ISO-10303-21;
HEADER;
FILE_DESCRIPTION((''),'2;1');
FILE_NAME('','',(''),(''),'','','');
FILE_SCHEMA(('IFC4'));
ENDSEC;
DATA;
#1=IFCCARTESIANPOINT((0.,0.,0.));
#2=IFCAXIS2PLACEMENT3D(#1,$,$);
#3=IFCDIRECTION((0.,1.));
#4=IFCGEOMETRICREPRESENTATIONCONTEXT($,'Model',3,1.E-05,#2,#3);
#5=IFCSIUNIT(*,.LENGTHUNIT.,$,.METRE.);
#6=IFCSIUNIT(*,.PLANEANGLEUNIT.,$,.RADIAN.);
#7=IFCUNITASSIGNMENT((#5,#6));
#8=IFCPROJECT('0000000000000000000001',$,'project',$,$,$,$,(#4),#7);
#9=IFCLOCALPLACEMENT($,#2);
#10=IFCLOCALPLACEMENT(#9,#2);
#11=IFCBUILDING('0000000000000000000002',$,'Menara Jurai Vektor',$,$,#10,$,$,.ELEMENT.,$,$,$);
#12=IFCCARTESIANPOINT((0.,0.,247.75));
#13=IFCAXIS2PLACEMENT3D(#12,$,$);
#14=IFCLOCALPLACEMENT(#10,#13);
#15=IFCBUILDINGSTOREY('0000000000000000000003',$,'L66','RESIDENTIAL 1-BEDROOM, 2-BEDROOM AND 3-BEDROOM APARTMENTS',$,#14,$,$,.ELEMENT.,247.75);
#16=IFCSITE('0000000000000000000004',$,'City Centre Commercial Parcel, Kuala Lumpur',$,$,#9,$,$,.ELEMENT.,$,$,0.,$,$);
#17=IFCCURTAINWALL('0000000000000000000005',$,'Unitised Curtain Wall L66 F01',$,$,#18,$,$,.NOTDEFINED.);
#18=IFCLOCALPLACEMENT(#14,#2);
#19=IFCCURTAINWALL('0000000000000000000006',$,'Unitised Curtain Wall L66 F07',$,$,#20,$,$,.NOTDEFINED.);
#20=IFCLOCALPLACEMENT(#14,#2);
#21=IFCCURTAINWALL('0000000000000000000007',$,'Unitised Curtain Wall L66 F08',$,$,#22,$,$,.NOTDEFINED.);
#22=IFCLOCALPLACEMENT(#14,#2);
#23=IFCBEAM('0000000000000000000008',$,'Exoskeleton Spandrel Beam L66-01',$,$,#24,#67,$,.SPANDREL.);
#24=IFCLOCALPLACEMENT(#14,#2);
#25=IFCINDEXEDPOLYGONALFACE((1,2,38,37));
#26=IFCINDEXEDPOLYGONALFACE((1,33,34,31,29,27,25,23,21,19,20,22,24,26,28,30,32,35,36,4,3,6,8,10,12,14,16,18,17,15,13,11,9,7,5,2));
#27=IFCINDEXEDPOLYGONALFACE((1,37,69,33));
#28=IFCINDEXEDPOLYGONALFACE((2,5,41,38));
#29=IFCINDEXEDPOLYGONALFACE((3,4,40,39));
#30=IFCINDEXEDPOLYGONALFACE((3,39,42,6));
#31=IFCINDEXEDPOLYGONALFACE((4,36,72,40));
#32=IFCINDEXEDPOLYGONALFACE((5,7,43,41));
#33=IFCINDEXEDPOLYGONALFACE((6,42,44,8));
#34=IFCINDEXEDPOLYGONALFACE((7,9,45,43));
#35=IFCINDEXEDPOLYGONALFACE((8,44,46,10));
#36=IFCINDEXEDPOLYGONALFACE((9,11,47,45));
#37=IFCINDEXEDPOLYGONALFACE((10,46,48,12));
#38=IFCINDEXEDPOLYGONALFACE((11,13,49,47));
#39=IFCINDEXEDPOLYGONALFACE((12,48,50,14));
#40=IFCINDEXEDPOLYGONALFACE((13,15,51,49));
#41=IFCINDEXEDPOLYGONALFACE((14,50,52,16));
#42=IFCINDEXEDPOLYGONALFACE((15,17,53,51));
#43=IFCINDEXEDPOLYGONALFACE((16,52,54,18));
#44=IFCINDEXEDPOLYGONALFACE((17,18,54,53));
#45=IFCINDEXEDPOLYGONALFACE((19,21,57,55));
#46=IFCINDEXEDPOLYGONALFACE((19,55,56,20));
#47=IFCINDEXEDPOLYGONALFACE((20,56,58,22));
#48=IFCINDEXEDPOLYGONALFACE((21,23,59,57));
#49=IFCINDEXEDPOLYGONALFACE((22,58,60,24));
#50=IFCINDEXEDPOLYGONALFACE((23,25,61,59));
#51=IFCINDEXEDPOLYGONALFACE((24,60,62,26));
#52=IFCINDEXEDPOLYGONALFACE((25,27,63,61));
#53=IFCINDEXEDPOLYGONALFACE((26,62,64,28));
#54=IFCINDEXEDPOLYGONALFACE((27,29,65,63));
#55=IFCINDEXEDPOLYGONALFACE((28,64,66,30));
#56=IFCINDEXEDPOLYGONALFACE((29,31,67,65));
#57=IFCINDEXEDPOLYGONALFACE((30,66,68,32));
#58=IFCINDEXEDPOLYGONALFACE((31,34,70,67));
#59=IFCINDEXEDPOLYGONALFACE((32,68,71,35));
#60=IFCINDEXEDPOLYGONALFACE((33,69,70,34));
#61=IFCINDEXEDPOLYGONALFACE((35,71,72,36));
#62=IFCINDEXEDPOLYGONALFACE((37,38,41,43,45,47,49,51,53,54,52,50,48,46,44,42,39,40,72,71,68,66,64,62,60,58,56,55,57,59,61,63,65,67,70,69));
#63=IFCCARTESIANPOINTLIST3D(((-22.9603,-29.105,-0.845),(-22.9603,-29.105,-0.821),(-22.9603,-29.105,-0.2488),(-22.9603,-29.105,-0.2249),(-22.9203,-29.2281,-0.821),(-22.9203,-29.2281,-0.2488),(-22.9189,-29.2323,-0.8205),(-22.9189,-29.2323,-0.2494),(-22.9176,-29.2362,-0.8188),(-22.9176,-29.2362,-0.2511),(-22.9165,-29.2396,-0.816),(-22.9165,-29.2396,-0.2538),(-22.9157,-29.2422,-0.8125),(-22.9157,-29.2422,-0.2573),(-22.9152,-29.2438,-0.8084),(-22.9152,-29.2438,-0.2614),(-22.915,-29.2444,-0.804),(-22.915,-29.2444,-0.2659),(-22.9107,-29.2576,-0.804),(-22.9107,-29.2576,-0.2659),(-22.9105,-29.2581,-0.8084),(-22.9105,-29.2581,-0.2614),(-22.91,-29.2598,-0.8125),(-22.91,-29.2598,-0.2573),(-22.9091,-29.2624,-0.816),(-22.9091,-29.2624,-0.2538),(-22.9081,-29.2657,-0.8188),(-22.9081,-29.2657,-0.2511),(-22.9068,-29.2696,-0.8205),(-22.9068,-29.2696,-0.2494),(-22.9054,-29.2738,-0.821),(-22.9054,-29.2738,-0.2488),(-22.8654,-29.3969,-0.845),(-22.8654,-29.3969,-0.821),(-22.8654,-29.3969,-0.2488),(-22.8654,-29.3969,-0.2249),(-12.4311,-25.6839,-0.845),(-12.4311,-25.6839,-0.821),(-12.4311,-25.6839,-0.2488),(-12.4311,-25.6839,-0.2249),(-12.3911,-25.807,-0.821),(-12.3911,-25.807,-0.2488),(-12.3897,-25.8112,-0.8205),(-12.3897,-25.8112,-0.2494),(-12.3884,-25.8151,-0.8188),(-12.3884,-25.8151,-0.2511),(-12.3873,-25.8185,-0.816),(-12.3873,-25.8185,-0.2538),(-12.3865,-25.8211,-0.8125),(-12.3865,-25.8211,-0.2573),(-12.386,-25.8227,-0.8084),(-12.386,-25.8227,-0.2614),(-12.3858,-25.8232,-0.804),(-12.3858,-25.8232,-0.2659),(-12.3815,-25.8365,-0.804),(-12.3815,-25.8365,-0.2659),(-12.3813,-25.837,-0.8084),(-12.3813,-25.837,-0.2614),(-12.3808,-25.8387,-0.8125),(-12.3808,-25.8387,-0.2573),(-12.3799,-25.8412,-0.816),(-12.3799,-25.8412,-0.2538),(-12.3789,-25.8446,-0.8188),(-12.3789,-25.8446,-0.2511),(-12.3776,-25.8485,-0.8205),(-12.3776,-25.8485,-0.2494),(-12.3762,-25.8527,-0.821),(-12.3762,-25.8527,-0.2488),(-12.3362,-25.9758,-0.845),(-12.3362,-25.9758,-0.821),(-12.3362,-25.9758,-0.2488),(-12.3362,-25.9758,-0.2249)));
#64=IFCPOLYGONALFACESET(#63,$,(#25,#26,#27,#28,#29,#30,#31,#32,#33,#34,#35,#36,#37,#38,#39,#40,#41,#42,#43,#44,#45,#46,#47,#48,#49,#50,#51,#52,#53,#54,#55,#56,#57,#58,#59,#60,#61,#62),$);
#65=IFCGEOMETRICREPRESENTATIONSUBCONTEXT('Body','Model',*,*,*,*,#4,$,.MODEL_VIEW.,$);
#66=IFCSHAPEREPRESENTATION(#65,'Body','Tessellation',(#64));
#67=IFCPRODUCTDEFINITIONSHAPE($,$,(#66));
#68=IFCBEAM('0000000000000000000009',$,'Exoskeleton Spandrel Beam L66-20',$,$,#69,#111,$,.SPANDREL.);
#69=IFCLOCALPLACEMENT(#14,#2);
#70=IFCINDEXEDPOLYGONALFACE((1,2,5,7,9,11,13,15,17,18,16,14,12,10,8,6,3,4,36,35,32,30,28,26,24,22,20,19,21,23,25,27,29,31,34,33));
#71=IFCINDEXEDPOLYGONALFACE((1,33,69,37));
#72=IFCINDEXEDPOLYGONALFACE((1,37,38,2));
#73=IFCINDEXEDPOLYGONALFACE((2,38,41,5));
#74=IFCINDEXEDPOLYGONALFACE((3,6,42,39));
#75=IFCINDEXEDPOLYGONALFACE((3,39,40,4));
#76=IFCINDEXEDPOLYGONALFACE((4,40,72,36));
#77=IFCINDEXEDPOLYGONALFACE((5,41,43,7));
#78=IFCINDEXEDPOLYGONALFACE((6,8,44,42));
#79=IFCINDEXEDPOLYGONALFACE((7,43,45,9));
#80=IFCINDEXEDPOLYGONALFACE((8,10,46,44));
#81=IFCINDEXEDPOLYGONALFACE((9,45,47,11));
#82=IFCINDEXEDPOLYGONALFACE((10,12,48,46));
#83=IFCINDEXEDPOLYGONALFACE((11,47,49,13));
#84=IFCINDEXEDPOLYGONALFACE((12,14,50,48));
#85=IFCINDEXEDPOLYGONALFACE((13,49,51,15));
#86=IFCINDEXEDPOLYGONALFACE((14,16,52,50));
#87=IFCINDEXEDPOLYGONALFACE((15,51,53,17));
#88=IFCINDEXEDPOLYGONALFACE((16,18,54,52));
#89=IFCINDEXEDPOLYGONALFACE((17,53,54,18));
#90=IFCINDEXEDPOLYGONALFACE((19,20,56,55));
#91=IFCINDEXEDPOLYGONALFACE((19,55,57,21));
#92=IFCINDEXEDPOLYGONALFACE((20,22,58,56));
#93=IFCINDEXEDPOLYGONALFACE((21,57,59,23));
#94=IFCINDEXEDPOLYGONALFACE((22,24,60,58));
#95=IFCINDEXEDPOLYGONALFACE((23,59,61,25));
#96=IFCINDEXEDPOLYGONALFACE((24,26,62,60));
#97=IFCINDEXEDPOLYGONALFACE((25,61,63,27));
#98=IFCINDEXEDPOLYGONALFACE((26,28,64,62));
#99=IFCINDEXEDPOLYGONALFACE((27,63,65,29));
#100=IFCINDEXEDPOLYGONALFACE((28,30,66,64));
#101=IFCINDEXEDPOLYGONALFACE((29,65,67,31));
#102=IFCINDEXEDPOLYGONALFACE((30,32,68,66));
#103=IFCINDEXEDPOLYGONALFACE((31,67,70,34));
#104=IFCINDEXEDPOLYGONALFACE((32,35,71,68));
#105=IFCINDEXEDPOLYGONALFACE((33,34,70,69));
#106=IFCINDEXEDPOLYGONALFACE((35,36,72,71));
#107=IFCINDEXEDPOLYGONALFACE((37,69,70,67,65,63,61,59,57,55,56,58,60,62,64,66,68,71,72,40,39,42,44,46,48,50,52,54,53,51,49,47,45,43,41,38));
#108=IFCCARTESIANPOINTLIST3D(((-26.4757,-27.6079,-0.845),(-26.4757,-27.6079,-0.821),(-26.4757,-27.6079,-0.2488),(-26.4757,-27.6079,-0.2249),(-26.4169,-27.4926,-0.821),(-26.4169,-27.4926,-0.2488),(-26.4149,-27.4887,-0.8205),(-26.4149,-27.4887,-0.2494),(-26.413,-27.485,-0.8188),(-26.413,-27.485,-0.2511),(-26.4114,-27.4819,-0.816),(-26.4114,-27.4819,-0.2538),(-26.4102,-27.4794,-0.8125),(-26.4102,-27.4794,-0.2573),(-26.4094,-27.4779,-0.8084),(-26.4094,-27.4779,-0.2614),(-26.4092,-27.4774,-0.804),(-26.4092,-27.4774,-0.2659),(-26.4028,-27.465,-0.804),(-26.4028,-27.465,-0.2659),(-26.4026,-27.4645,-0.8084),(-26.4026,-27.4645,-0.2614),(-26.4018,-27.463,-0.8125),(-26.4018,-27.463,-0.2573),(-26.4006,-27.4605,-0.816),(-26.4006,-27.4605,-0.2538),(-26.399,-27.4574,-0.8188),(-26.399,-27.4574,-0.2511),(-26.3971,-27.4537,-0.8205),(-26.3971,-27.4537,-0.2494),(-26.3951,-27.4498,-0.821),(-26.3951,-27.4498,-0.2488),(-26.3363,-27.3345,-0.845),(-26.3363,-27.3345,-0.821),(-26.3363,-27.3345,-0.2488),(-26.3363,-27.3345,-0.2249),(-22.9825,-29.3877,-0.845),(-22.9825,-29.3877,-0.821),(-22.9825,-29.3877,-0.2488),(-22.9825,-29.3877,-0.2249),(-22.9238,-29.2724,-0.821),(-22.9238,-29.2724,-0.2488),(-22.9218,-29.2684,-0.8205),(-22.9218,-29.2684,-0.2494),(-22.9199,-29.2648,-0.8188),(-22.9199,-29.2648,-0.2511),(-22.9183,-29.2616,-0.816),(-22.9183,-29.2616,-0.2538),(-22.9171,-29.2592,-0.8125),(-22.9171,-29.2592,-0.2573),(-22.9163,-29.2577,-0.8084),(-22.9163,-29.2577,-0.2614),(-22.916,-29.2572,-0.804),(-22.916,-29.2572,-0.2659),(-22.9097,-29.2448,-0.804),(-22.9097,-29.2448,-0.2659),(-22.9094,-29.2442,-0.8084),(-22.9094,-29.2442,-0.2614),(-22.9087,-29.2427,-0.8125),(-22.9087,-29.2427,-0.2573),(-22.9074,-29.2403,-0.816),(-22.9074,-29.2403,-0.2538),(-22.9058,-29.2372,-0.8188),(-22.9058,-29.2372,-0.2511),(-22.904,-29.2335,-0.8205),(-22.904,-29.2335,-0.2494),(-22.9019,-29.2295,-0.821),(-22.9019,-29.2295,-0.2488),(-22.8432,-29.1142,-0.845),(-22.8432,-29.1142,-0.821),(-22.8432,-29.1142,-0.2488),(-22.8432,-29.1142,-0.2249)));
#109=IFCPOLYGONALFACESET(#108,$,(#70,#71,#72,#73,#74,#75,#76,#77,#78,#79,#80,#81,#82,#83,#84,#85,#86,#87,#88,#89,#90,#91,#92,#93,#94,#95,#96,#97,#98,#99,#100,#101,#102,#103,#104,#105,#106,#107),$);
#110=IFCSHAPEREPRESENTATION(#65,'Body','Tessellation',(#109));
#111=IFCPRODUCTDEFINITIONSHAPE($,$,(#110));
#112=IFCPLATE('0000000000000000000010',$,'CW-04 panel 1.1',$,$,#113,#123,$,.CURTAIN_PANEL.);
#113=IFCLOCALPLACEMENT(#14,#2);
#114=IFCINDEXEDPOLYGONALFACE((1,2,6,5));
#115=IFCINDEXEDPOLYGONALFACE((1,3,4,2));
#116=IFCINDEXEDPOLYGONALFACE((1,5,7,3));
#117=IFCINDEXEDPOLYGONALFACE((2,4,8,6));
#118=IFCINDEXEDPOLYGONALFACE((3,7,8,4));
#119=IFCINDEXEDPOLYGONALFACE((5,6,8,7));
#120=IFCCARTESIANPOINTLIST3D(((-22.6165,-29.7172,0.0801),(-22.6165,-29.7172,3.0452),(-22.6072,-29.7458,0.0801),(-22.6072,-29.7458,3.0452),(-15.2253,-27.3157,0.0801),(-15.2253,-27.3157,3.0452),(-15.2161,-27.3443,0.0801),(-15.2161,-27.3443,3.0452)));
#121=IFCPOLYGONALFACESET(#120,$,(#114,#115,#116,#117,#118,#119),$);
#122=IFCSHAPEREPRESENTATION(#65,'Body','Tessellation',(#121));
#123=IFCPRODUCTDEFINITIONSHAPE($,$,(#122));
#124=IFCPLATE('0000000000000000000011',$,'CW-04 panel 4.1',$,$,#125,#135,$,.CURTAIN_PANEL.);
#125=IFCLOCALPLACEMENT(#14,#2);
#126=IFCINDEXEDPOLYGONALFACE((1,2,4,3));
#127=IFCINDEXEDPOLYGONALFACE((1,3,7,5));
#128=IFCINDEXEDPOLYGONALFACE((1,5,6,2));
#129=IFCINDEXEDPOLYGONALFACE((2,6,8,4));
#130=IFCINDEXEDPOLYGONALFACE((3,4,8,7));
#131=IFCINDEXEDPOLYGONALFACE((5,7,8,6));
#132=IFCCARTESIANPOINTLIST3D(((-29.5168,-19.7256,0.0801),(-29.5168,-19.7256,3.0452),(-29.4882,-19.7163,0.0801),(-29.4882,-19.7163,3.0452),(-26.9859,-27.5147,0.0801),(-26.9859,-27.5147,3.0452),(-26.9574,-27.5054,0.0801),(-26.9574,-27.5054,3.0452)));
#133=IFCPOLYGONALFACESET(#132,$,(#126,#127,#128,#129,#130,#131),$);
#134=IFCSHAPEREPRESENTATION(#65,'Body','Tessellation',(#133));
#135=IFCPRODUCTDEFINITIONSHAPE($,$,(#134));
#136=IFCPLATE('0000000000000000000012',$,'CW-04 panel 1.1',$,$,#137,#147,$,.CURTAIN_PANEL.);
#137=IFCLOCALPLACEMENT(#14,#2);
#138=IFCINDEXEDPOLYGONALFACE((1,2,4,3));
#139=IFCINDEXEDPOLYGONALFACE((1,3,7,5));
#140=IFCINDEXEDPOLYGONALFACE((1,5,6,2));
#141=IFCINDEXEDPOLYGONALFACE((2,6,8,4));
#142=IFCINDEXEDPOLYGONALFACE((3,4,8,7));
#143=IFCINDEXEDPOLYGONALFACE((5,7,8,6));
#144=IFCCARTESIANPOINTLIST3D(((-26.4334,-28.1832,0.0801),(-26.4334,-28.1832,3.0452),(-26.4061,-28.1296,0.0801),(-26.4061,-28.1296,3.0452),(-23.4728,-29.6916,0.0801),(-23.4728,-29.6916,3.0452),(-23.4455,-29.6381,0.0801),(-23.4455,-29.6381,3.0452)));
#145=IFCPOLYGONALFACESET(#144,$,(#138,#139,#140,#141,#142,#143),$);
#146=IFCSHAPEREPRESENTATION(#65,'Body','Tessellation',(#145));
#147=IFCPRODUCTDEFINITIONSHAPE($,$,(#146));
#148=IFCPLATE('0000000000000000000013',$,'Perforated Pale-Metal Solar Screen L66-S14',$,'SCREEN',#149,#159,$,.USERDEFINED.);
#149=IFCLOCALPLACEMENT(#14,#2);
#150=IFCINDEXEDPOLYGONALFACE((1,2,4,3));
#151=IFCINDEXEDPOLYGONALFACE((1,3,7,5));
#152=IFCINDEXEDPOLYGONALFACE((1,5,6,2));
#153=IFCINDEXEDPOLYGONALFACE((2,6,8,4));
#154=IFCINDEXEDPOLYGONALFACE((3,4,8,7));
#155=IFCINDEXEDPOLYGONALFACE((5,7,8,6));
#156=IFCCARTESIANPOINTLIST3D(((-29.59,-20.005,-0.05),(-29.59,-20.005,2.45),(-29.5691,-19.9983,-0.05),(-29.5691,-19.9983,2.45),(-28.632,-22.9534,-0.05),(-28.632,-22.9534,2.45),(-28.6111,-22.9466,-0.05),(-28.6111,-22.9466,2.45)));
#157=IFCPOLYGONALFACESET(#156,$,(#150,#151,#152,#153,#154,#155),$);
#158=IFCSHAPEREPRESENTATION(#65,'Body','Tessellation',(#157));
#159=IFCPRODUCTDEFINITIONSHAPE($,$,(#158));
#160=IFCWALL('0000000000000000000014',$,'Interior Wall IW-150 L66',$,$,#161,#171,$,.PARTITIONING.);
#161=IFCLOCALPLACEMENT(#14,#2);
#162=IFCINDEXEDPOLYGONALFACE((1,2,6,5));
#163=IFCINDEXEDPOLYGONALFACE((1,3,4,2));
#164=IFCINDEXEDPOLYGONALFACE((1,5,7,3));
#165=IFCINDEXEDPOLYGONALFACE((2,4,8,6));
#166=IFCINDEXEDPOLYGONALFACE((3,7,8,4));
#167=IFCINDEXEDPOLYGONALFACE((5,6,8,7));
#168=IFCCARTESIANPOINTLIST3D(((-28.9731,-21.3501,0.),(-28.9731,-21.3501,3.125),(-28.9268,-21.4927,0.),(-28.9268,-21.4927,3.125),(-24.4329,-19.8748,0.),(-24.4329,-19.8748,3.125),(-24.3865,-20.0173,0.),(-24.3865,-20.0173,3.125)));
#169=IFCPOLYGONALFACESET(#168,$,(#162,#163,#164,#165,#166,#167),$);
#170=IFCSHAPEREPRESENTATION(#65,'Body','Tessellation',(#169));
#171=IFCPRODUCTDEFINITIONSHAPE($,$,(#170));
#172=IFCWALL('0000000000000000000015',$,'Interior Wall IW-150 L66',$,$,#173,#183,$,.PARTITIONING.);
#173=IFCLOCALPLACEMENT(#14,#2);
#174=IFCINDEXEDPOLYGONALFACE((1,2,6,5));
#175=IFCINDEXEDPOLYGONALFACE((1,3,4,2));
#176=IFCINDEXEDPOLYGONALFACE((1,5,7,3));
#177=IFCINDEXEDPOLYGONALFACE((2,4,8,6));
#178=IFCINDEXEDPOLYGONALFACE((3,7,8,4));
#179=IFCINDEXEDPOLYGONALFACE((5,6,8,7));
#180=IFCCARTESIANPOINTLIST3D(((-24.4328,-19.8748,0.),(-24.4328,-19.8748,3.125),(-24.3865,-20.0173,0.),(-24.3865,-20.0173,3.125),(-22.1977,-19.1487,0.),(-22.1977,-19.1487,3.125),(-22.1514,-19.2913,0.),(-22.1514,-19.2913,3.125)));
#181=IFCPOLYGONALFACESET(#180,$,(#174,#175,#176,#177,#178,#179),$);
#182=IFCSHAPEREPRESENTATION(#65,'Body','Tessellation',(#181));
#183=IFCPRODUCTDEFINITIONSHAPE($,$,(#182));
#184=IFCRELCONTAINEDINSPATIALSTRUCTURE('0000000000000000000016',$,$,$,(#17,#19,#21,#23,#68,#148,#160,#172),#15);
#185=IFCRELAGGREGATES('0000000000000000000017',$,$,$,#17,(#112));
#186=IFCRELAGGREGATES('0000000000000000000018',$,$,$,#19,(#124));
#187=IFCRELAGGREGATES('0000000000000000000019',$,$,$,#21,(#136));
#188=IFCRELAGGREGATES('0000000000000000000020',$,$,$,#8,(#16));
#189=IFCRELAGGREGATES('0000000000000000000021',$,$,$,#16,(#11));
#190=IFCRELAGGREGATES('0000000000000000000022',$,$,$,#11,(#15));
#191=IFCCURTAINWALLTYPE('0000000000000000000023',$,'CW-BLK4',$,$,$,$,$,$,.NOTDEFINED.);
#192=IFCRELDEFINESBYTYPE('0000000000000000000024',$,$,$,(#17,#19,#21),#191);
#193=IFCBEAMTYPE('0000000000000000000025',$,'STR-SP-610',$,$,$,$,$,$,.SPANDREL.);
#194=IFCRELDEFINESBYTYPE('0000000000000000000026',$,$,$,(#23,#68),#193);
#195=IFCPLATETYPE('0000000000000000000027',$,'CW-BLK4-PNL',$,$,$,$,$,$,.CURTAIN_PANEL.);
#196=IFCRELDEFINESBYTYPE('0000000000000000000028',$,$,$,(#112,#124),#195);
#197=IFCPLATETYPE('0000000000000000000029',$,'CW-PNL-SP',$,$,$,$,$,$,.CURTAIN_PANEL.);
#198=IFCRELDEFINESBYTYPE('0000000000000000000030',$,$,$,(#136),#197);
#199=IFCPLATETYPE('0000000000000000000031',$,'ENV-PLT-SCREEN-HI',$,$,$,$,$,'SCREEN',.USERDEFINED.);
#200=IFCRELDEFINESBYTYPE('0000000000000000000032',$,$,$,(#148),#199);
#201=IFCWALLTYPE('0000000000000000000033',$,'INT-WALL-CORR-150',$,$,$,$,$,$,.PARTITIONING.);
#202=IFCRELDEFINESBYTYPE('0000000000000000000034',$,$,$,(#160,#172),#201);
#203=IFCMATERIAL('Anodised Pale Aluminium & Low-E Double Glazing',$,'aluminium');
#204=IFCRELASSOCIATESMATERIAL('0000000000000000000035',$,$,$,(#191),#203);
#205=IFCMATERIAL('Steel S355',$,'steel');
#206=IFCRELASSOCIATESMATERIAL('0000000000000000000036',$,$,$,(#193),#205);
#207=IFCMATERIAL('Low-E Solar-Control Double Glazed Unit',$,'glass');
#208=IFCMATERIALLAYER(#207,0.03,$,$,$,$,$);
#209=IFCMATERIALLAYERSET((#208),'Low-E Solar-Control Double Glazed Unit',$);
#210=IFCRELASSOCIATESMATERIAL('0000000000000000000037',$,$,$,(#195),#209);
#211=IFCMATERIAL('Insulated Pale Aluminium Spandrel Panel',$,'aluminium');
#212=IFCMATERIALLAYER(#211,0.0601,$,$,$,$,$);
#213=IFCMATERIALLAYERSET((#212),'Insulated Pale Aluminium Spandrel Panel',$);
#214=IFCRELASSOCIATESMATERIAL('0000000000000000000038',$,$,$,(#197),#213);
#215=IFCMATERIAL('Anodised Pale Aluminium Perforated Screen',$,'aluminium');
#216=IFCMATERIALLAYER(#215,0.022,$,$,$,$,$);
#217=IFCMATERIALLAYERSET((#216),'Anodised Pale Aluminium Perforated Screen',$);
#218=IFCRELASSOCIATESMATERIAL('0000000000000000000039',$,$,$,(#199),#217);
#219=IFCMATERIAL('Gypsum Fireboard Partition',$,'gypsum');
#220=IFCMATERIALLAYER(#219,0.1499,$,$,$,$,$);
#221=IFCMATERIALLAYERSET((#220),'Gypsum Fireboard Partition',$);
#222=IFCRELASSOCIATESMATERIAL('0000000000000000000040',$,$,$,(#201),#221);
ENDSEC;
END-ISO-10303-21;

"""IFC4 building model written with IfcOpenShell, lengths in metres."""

from ifc_helpers import new_model, si_unit, direction, frame, frame_2d, origin, origin_2d, place, context, subcontext, project, spatial, rectangle, i_section, extrude, material, layer, layer_set, material_profile, profile_set, type_object, element, aggregate, save


model = new_model("IFC4")

# Units and contexts
model_context = context("Model", 3, precision=1e-05, world=origin(), true_north=direction((0.0, 1.0)))
body_context = subcontext(model_context, "Body", "Model", "MODEL_VIEW")
ifc_project = project(units=[si_unit("LENGTHUNIT", "METRE"), si_unit("PLANEANGLEUNIT", "RADIAN")], contexts=[model_context])

# Site, building, storey
site_placement = place(None, origin())
site = spatial("IfcSite", under=ifc_project, at=site_placement, Name="City Centre Commercial Parcel, Kuala Lumpur", CompositionType="ELEMENT", RefElevation=0.0)
building_placement = place(site_placement, origin())
building = spatial("IfcBuilding", under=site, at=building_placement, Name="Menara Jurai Vektor", CompositionType="ELEMENT")
storey_placement = place(building_placement, frame((0.0, 0.0, 247.75)))
storey = spatial("IfcBuildingStorey", under=building, at=storey_placement, Name="L66", Description="RESIDENTIAL 1-BEDROOM, 2-BEDROOM AND 3-BEDROOM APARTMENTS", CompositionType="ELEMENT", Elevation=247.75)

# Curtain walls
ifc_material_1 = material(Name="Anodised Pale Aluminium & Low-E Double Glazing", Category="aluminium")
curtain_wall_type = type_object("IfcCurtainWallType", Name="CW-BLK4", PredefinedType="NOTDEFINED", material=ifc_material_1)
curtain_wall_1_placement = place(storey_placement, origin())
curtain_wall_1 = element("IfcCurtainWall", 1, at=curtain_wall_1_placement, inside=storey, type_object=curtain_wall_type, Name="Unitised Curtain Wall L66 F01", PredefinedType="NOTDEFINED")
curtain_wall_2_placement = place(storey_placement, origin())
curtain_wall_2 = element("IfcCurtainWall", 2, at=curtain_wall_2_placement, inside=storey, type_object=curtain_wall_type, Name="Unitised Curtain Wall L66 F07", PredefinedType="NOTDEFINED")

# Curtain wall
curtain_wall_3_placement = place(storey_placement, origin())
curtain_wall_3 = element("IfcCurtainWall", 3, at=curtain_wall_3_placement, inside=storey, type_object=curtain_wall_type, Name="Unitised Curtain Wall L66 F08", PredefinedType="NOTDEFINED")

# Shared definitions
ifc_material_2 = material(Name="Steel S355", Category="steel")

# Beams
ifc_material_profile_1 = material_profile(ifc_material_2, i_section(OverallWidth=0.3069, OverallDepth=0.6201, WebThickness=0.0139, FlangeThickness=0.0239, FilletRadius=0.0171, at=origin_2d()), Name="UKB 610x305x179")
ifc_profile_set_1 = profile_set([ifc_material_profile_1], Name="Steel S355")
beam_type_1 = type_object("IfcBeamType", Name="STR-SP-610", PredefinedType="SPANDREL", material=ifc_profile_set_1)
beam_1_placement = place(storey_placement, frame((-22.9128, -29.251, -0.5349), z_axis=(0.951057, 0.309014, 0.0), x_axis=(-0.309014, 0.951057, 0.0)))
element("IfcBeam", 4, at=beam_1_placement, inside=storey, type_object=beam_type_1, Name="Exoskeleton Spandrel Beam L66-01", PredefinedType="SPANDREL", context=body_context, shape_type="SweptSolid", body=[
    extrude(i_section(OverallWidth=0.3069, OverallDepth=0.6201, WebThickness=0.0139, FlangeThickness=0.0239, FilletRadius=0.0171, at=origin_2d()), origin(), (0.0, 0.0, 1.0), 11.071),
])
beam_2_placement = place(storey_placement, frame((-26.406, -27.4712, -0.5349), z_axis=(0.891014, -0.453976, 0.0), x_axis=(0.453976, 0.891014, 0.0)))
element("IfcBeam", 5, at=beam_2_placement, inside=storey, type_object=beam_type_1, Name="Exoskeleton Spandrel Beam L66-20", PredefinedType="SPANDREL", context=body_context, shape_type="SweptSolid", body=[
    extrude(i_section(OverallWidth=0.3069, OverallDepth=0.6201, WebThickness=0.0139, FlangeThickness=0.0239, FilletRadius=0.0171, at=origin_2d()), origin(), (0.0, 0.0, 1.0), 3.9204),
])

# Plates
ifc_material_3 = material(Name="Low-E Solar-Control Double Glazed Unit", Category="glass")
ifc_layer_1 = layer(ifc_material_3, 0.03)
ifc_layer_set_1 = layer_set([ifc_layer_1], Name="Low-E Solar-Control Double Glazed Unit")
plate_type_1 = type_object("IfcPlateType", Name="CW-BLK4-PNL", PredefinedType="CURTAIN_PANEL", material=ifc_layer_set_1)
plate_1_placement = place(storey_placement, frame((-18.9163, -28.5308, 0.0801), z_axis=(0.0, 0.0, 1.0), x_axis=(0.951056, 0.309017, 0.0)))
plate_1 = element("IfcPlate", 6, at=plate_1_placement, type_object=plate_type_1, Name="CW-04 panel 1.1", PredefinedType="CURTAIN_PANEL", context=body_context, shape_type="SweptSolid", body=[
    extrude(rectangle(XDim=7.7715, YDim=0.03, at=origin_2d()), origin(), (0.0, 0.0, 1.0), 2.9651),
])
aggregate(curtain_wall_1, [plate_1])
plate_2_placement = place(storey_placement, frame((-28.2371, -23.6155, 0.0801), z_axis=(0.0, 0.0, 1.0), x_axis=(0.309016, -0.951057, 0.0)))
plate_2 = element("IfcPlate", 7, at=plate_2_placement, type_object=plate_type_1, Name="CW-04 panel 4.1", PredefinedType="CURTAIN_PANEL", context=body_context, shape_type="SweptSolid", body=[
    extrude(rectangle(XDim=8.1899, YDim=0.03, at=origin_2d()), origin(), (0.0, 0.0, 1.0), 2.9651),
])
aggregate(curtain_wall_2, [plate_2])
ifc_material_4 = material(Name="Insulated Pale Aluminium Spandrel Panel", Category="aluminium")
ifc_layer_2 = layer(ifc_material_4, 0.0601)
ifc_layer_set_2 = layer_set([ifc_layer_2], Name="Insulated Pale Aluminium Spandrel Panel")
plate_type_2 = type_object("IfcPlateType", Name="CW-PNL-SP", PredefinedType="CURTAIN_PANEL", material=ifc_layer_set_2)
plate_3_placement = place(storey_placement, frame((-24.9395, -28.9106, 0.0801), z_axis=(0.0, 0.0, 1.0), x_axis=(0.891008, -0.453989, 0.0)))
plate_3 = element("IfcPlate", 8, at=plate_3_placement, type_object=plate_type_2, Name="CW-04 panel 1.1", PredefinedType="CURTAIN_PANEL", context=body_context, shape_type="SweptSolid", body=[
    extrude(rectangle(XDim=3.3228, YDim=0.0601, at=origin_2d()), origin(), (0.0, 0.0, 1.0), 2.9651),
])
aggregate(curtain_wall_3, [plate_3])
ifc_material_5 = material(Name="Anodised Pale Aluminium Perforated Screen", Category="aluminium")
ifc_layer_3 = layer(ifc_material_5, 0.022)
ifc_layer_set_3 = layer_set([ifc_layer_3], Name="Anodised Pale Aluminium Perforated Screen")
plate_type_3 = type_object("IfcPlateType", Name="ENV-PLT-SCREEN-HI", ElementType="SCREEN", PredefinedType="USERDEFINED", material=ifc_layer_set_3)
plate_4_placement = place(storey_placement, frame((-29.1006, -21.4758, -0.05), z_axis=(0.0, 0.0, 1.0), x_axis=(0.309017, -0.951057, 0.0)))
element("IfcPlate", 9, at=plate_4_placement, inside=storey, type_object=plate_type_3, Name="Perforated Pale-Metal Solar Screen L66-S14", ObjectType="SCREEN", PredefinedType="USERDEFINED", context=body_context, shape_type="SweptSolid", body=[
    extrude(rectangle(XDim=3.1001, YDim=0.022, at=origin_2d()), origin(), (0.0, 0.0, 1.0), 2.5),
])

# Walls
ifc_material_6 = material(Name="Gypsum Fireboard Partition", Category="gypsum")
ifc_layer_4 = layer(ifc_material_6, 0.1499)
ifc_layer_set_4 = layer_set([ifc_layer_4], Name="Gypsum Fireboard Partition")
wall_type_1 = type_object("IfcWallType", Name="INT-WALL-CORR-150", PredefinedType="PARTITIONING", material=ifc_layer_set_4)
wall_1_placement = place(storey_placement, frame((-28.95, -21.4214, 0.0), z_axis=(0.0, 0.0, 1.0), x_axis=(0.951049, 0.309039, 0.0)))
element("IfcWall", 10, at=wall_1_placement, inside=storey, type_object=wall_type_1, Name="Interior Wall IW-150 L66", PredefinedType="PARTITIONING", context=body_context, shape_type="SweptSolid", body=[
    extrude(rectangle(XDim=4.7739, YDim=0.1499, at=frame_2d((2.387, 0.0))), origin(), (0.0, 0.0, 1.0), 3.125),
])
wall_2_placement = place(storey_placement, frame((-24.4097, -19.946, 0.0), z_axis=(0.0, 0.0, 1.0), x_axis=(0.951076, 0.308957, 0.0)))
element("IfcWall", 11, at=wall_2_placement, inside=storey, type_object=wall_type_1, Name="Interior Wall IW-150 L66", PredefinedType="PARTITIONING", context=body_context, shape_type="SweptSolid", body=[
    extrude(rectangle(XDim=2.3501, YDim=0.1499, at=frame_2d((1.175, 0.0))), origin(), (0.0, 0.0, 1.0), 3.125),
])

save(model, "model.ifc")
